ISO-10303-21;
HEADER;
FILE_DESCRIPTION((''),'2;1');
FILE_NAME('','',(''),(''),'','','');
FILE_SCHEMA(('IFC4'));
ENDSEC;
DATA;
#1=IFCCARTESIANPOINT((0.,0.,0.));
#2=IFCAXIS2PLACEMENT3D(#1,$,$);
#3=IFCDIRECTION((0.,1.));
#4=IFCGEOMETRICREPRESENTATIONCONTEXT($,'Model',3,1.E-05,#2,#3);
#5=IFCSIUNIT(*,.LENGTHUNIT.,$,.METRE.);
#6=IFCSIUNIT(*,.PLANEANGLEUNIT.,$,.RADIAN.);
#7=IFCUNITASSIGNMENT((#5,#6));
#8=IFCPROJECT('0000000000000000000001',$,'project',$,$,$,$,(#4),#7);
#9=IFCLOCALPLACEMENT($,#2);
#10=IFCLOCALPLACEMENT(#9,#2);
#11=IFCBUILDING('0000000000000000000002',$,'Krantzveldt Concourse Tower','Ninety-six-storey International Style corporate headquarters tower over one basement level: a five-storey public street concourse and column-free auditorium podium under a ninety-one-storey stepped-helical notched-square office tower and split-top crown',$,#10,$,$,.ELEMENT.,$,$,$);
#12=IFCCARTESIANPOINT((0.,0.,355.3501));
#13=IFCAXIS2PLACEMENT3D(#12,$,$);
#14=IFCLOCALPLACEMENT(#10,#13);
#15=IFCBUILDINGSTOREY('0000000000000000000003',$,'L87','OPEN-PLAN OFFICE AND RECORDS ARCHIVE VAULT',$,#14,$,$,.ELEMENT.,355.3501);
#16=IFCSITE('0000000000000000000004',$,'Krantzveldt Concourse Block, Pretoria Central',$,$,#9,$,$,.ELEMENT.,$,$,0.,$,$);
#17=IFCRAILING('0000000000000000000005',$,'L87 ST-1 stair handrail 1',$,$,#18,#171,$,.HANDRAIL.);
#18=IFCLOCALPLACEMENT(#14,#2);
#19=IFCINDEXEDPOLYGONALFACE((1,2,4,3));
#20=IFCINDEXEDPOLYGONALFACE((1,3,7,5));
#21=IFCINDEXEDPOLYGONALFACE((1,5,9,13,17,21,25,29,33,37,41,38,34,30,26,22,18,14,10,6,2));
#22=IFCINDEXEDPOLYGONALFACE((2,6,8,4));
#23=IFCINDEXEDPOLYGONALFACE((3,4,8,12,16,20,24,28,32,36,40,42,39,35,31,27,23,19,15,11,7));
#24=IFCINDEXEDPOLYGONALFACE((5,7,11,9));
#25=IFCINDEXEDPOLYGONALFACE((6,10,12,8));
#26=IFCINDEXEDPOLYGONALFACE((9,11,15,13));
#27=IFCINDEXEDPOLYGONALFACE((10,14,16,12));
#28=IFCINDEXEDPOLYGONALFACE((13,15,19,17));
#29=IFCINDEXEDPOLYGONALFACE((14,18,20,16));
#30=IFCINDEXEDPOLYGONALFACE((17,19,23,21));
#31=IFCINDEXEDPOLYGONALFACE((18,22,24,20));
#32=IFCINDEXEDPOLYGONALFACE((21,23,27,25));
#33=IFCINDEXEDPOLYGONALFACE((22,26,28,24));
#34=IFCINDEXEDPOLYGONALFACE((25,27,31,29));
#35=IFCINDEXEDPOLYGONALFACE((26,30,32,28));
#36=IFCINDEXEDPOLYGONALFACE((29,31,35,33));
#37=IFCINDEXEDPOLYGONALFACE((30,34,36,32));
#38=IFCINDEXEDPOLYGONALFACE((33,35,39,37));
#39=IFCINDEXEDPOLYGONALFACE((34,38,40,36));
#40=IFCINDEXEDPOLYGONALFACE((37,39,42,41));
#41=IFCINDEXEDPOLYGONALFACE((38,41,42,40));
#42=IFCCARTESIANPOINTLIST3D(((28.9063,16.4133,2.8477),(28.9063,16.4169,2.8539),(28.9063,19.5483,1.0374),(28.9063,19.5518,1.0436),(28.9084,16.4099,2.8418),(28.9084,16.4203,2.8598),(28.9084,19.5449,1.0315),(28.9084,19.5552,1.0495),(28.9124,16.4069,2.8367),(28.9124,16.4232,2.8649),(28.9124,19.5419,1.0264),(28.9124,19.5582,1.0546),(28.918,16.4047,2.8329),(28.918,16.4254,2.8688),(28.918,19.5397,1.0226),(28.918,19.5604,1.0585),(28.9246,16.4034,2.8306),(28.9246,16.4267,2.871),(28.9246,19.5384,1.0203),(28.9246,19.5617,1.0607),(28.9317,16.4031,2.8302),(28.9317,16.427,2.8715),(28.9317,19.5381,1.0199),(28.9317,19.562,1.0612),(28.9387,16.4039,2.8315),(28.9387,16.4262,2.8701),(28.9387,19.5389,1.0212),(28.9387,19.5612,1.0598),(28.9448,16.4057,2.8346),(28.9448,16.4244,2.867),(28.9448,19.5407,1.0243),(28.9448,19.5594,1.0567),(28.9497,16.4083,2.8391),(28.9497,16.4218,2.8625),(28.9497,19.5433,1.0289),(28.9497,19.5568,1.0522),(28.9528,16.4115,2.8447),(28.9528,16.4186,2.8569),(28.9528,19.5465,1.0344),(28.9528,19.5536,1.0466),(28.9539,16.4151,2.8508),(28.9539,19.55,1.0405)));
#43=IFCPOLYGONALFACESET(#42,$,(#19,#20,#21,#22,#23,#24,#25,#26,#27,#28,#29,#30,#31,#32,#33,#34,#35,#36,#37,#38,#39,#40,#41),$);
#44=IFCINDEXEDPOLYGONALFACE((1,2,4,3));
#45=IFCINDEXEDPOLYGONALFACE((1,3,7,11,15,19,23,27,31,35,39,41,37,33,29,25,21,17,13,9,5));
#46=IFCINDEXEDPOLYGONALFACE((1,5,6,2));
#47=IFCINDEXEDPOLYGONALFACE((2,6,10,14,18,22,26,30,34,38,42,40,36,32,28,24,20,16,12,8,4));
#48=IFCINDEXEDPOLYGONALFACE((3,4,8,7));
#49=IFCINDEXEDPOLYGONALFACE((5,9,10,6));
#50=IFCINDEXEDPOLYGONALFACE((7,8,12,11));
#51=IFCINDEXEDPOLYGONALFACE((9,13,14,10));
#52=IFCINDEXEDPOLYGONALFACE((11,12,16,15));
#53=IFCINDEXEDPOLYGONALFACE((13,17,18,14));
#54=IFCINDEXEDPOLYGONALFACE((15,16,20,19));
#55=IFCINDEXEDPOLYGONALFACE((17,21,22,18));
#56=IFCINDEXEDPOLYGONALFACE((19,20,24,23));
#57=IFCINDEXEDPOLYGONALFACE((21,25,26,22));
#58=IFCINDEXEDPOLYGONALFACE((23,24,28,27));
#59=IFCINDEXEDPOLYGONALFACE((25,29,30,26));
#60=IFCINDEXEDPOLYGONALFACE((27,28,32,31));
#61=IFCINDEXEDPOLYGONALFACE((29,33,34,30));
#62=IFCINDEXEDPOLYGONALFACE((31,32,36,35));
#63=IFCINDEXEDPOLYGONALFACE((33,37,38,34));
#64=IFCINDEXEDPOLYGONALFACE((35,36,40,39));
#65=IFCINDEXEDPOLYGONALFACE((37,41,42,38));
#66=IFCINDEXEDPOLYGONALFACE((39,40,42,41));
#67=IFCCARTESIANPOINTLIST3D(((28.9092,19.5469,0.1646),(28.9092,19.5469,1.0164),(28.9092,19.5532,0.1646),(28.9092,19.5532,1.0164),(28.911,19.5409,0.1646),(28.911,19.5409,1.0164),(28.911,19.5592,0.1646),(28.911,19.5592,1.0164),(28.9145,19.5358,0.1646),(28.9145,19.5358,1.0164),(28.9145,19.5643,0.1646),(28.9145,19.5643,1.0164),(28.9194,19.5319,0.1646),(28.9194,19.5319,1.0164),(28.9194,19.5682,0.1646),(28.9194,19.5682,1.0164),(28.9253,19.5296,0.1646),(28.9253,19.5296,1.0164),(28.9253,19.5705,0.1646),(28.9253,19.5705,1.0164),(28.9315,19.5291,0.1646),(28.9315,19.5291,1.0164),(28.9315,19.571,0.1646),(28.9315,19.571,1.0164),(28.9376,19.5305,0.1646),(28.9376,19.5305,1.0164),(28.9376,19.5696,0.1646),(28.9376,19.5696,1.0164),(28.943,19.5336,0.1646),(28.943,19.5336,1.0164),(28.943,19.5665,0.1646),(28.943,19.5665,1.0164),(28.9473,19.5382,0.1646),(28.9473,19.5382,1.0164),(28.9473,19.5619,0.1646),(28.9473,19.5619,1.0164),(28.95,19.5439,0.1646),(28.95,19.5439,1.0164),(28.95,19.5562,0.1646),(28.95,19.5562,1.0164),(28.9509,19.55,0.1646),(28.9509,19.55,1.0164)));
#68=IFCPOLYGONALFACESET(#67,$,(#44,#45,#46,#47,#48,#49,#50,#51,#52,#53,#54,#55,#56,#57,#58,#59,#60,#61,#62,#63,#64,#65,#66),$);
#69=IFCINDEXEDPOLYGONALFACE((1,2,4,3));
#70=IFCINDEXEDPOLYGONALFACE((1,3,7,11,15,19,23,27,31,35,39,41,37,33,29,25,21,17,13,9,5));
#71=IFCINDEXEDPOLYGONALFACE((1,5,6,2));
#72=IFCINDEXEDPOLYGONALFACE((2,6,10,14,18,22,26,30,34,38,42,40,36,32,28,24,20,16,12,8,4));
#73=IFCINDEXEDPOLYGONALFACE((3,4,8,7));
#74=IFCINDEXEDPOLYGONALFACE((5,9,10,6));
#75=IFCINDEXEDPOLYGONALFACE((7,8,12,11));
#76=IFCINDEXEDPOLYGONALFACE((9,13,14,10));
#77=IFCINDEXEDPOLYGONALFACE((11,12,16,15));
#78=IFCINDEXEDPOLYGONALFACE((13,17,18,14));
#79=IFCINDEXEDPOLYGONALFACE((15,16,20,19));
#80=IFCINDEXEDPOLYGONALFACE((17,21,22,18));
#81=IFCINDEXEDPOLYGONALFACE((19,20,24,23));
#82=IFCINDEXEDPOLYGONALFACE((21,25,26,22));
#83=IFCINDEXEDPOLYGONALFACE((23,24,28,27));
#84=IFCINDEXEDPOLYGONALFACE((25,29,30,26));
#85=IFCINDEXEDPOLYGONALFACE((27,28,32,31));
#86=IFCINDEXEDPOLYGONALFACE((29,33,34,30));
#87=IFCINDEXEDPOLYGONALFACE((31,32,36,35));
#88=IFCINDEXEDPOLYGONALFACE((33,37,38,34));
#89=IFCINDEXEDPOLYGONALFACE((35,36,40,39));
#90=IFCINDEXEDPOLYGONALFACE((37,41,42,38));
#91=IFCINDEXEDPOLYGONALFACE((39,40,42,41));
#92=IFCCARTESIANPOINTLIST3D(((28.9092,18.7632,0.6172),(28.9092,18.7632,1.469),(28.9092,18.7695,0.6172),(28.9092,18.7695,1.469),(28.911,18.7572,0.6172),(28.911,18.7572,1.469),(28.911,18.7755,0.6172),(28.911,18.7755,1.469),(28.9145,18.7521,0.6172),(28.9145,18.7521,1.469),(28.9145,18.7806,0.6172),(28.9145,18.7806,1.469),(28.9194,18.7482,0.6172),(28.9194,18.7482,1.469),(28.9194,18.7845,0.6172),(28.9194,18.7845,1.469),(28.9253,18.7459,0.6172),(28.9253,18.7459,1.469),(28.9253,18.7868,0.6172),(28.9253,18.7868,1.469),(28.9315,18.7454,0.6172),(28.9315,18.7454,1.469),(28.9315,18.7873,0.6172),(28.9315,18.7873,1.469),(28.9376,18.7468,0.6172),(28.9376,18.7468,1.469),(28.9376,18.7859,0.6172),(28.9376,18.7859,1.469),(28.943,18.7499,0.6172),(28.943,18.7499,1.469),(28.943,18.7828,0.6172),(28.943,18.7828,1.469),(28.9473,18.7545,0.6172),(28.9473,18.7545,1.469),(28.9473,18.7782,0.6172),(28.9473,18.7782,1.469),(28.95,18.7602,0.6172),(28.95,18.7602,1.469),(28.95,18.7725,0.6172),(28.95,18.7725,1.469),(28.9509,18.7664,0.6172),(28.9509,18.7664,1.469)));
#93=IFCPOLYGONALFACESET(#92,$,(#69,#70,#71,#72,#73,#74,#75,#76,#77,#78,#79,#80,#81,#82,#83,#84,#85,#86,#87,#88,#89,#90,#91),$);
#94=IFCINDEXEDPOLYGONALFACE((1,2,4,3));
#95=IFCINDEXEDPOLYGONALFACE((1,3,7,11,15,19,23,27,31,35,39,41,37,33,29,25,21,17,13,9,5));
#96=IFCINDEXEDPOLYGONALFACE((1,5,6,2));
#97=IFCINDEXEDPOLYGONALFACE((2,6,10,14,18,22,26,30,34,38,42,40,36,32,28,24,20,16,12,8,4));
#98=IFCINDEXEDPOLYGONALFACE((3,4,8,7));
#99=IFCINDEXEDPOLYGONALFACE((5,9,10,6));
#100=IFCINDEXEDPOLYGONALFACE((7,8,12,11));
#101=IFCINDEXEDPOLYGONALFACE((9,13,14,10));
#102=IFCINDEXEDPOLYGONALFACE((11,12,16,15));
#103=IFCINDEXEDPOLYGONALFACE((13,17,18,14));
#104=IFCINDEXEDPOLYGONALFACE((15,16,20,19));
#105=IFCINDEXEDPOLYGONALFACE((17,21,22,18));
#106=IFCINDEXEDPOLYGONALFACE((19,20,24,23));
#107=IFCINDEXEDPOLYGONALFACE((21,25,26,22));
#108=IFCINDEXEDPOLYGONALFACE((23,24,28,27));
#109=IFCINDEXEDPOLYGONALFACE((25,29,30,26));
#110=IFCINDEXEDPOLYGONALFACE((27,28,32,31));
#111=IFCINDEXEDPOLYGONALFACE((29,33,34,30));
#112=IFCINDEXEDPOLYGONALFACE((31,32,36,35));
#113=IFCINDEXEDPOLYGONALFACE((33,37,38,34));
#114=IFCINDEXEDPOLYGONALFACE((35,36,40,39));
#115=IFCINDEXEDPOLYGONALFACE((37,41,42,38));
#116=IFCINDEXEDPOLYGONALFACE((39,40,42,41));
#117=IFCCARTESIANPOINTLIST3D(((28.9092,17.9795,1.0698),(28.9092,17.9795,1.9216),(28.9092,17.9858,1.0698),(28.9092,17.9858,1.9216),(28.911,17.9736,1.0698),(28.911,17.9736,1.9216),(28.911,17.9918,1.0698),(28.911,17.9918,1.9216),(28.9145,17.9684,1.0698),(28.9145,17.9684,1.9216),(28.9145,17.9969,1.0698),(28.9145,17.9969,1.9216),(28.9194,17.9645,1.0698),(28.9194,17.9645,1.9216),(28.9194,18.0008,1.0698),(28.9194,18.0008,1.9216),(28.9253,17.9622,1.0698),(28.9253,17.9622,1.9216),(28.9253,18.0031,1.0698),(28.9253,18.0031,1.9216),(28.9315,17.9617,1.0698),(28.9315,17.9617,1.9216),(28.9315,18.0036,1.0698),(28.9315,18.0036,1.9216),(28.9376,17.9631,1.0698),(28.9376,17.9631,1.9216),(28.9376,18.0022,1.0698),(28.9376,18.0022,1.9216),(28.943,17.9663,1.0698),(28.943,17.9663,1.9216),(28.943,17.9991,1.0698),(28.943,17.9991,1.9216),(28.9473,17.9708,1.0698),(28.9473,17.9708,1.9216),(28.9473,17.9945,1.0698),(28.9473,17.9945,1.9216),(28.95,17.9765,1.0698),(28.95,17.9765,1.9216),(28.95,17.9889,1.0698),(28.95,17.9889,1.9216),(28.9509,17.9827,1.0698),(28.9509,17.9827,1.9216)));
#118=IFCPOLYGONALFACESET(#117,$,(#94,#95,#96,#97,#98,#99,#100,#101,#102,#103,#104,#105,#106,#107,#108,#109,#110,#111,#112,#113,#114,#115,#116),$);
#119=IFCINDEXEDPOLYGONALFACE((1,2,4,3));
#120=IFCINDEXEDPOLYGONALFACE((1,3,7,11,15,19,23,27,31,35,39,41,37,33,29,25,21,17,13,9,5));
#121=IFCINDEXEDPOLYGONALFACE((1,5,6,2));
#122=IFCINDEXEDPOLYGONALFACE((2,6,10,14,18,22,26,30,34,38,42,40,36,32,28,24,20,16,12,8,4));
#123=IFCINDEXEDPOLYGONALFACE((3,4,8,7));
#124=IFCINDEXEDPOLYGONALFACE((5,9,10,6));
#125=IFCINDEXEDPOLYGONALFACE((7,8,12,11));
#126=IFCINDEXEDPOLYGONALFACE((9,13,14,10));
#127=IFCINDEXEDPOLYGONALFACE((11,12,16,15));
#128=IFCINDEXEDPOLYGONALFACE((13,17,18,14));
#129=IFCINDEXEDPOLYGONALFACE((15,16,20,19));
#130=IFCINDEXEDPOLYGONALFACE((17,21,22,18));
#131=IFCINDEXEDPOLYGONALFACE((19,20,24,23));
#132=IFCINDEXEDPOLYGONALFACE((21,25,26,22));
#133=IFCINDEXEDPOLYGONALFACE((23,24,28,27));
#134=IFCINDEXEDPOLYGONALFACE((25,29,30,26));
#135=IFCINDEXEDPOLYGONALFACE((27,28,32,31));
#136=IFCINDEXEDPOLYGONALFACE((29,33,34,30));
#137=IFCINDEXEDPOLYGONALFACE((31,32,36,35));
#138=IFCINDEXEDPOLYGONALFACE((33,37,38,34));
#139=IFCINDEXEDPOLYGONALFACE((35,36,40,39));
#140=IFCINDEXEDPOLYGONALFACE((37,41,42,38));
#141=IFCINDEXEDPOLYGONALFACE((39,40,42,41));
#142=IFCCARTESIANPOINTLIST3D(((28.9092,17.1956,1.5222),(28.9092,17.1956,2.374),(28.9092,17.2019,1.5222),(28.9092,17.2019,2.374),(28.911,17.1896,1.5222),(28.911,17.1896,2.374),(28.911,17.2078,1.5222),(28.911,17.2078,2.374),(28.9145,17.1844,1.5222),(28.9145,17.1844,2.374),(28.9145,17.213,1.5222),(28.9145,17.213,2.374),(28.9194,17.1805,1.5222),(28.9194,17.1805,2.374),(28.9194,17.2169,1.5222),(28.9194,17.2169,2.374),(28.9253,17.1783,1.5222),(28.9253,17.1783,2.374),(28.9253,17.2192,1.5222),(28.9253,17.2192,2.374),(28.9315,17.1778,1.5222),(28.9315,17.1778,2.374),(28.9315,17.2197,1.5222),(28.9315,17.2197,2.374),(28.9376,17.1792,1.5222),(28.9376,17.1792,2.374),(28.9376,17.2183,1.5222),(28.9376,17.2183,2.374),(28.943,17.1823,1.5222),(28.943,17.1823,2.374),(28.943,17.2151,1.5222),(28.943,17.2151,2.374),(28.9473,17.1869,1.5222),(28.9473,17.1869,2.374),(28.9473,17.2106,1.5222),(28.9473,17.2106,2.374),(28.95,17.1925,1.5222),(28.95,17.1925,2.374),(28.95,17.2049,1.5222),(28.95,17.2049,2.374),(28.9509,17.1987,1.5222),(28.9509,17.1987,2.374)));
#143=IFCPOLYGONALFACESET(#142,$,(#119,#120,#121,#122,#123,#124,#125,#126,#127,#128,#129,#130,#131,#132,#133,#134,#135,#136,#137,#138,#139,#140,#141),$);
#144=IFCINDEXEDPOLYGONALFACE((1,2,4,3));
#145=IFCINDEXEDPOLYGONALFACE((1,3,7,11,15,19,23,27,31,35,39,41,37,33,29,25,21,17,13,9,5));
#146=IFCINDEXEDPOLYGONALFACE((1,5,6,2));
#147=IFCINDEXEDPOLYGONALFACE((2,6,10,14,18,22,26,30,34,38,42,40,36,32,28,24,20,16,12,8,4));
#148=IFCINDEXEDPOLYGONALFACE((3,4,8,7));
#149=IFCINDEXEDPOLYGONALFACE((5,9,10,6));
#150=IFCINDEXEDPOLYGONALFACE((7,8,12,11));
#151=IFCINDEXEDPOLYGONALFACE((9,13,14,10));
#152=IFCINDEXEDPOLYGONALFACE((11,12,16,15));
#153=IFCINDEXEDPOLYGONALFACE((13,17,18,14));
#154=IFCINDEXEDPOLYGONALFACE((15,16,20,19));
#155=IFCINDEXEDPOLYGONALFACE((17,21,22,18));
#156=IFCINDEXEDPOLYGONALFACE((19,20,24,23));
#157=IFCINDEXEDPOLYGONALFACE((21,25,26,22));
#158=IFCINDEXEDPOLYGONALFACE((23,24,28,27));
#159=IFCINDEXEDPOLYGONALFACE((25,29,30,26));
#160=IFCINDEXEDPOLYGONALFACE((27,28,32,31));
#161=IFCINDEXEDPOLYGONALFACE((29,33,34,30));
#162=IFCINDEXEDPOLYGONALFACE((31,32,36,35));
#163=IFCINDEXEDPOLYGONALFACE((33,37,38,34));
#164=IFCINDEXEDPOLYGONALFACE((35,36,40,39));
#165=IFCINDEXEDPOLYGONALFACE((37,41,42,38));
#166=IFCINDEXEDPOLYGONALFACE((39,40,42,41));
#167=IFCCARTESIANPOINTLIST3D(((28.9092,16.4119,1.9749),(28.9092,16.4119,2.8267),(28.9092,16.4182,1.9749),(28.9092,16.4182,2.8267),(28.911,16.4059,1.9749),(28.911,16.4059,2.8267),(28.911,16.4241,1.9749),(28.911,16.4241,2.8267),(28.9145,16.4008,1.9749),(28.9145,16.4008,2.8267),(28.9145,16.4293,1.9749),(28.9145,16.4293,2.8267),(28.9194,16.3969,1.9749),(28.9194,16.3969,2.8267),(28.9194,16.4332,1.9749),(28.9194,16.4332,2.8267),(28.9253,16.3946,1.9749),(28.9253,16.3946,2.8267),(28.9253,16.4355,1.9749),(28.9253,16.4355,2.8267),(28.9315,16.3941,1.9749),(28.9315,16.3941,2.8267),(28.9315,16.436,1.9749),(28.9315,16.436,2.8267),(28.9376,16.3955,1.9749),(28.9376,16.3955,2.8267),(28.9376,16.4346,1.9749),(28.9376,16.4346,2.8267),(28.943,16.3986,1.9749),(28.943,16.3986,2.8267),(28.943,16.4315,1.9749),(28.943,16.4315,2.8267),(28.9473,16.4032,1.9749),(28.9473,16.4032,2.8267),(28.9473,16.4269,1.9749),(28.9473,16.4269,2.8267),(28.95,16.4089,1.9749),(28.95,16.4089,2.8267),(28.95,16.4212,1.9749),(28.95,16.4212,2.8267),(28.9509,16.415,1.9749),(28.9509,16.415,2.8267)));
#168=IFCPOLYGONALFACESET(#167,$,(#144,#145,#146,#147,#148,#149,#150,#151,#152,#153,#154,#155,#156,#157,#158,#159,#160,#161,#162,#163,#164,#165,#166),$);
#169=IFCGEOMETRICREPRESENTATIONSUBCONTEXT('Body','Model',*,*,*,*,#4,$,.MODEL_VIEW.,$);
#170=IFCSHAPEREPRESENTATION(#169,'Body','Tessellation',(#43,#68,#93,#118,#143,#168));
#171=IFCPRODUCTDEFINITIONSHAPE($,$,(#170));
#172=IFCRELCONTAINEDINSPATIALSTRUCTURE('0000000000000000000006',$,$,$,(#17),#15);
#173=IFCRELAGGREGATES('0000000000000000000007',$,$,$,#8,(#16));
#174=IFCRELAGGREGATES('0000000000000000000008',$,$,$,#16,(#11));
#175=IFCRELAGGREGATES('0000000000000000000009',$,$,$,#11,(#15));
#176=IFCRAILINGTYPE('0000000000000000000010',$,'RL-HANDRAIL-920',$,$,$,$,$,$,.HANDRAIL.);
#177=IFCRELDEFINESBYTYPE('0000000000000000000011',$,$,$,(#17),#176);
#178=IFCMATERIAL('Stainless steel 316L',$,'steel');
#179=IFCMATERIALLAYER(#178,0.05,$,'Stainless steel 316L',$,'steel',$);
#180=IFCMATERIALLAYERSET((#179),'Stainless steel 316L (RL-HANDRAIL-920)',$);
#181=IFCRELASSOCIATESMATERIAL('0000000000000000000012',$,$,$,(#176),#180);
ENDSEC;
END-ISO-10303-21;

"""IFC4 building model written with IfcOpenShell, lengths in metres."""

from ifc_helpers import new_model, si_unit, direction, frame, origin, origin_2d, place, context, subcontext, project, spatial, circle, extrude, material, layer, layer_set, type_object, element, save


model = new_model("IFC4")

# Units and contexts
model_context = context("Model", 3, precision=1e-05, world=origin(), true_north=direction((0.0, 1.0)))
body_context = subcontext(model_context, "Body", "Model", "MODEL_VIEW")
ifc_project = project(units=[si_unit("LENGTHUNIT", "METRE"), si_unit("PLANEANGLEUNIT", "RADIAN")], contexts=[model_context])

# Site, building, storey
site_placement = place(None, origin())
site = spatial("IfcSite", under=ifc_project, at=site_placement, Name="Krantzveldt Concourse Block, Pretoria Central", CompositionType="ELEMENT", RefElevation=0.0)
building_placement = place(site_placement, origin())
building = spatial("IfcBuilding", under=site, at=building_placement, Name="Krantzveldt Concourse Tower", Description="Ninety-six-storey International Style corporate headquarters tower over one basement level: a five-storey public street concourse and column-free auditorium podium under a ninety-one-storey stepped-helical notched-square office tower and split-top crown", CompositionType="ELEMENT")
storey_placement = place(building_placement, frame((0.0, 0.0, 355.3501)))
storey = spatial("IfcBuildingStorey", under=building, at=storey_placement, Name="L87", Description="OPEN-PLAN OFFICE AND RECORDS ARCHIVE VAULT", CompositionType="ELEMENT", Elevation=355.3501)

# Railing
ifc_material_1 = material(Name="Stainless steel 316L", Category="steel")
ifc_layer_1 = layer(ifc_material_1, 0.05, Name="Stainless steel 316L", Category="steel")
ifc_layer_set_1 = layer_set([ifc_layer_1], Name="Stainless steel 316L (RL-HANDRAIL-920)")
railing_type_1 = type_object("IfcRailingType", Name="RL-HANDRAIL-920", PredefinedType="HANDRAIL", material=ifc_layer_set_1)
railing_1_placement = place(storey_placement, frame((28.9299, 19.55, 0.1646)))
element("IfcRailing", 1, at=railing_1_placement, inside=storey, type_object=railing_type_1, Name="L87 ST-1 stair handrail 1", PredefinedType="HANDRAIL", context=body_context, shape_type="SweptSolid", body=[
    extrude(circle(Radius=0.0239, at=origin_2d()), frame((0.0, 0.0, 0.876), z_axis=(0.0, -0.865989, 0.500063), x_axis=(1.0, 0.0, 0.0)), (0.0, 0.0, 1.0), 3.6201),
    extrude(circle(Radius=0.021, at=origin_2d()), origin(), (0.0, 0.0, 1.0), 0.8518),
    extrude(circle(Radius=0.021, at=origin_2d()), frame((0.0, -0.7837, 0.4526)), (0.0, 0.0, 1.0), 0.8518),
    extrude(circle(Radius=0.021, at=origin_2d()), frame((0.0, -1.5674, 0.9053)), (0.0, 0.0, 1.0), 0.8518),
    extrude(circle(Radius=0.021, at=origin_2d()), frame((0.0, -2.3513, 1.3577)), (0.0, 0.0, 1.0), 0.8518),
    extrude(circle(Radius=0.021, at=origin_2d()), frame((0.0, -3.135, 1.8103)), (0.0, 0.0, 1.0), 0.8518),
])

save(model, "model.ifc")
